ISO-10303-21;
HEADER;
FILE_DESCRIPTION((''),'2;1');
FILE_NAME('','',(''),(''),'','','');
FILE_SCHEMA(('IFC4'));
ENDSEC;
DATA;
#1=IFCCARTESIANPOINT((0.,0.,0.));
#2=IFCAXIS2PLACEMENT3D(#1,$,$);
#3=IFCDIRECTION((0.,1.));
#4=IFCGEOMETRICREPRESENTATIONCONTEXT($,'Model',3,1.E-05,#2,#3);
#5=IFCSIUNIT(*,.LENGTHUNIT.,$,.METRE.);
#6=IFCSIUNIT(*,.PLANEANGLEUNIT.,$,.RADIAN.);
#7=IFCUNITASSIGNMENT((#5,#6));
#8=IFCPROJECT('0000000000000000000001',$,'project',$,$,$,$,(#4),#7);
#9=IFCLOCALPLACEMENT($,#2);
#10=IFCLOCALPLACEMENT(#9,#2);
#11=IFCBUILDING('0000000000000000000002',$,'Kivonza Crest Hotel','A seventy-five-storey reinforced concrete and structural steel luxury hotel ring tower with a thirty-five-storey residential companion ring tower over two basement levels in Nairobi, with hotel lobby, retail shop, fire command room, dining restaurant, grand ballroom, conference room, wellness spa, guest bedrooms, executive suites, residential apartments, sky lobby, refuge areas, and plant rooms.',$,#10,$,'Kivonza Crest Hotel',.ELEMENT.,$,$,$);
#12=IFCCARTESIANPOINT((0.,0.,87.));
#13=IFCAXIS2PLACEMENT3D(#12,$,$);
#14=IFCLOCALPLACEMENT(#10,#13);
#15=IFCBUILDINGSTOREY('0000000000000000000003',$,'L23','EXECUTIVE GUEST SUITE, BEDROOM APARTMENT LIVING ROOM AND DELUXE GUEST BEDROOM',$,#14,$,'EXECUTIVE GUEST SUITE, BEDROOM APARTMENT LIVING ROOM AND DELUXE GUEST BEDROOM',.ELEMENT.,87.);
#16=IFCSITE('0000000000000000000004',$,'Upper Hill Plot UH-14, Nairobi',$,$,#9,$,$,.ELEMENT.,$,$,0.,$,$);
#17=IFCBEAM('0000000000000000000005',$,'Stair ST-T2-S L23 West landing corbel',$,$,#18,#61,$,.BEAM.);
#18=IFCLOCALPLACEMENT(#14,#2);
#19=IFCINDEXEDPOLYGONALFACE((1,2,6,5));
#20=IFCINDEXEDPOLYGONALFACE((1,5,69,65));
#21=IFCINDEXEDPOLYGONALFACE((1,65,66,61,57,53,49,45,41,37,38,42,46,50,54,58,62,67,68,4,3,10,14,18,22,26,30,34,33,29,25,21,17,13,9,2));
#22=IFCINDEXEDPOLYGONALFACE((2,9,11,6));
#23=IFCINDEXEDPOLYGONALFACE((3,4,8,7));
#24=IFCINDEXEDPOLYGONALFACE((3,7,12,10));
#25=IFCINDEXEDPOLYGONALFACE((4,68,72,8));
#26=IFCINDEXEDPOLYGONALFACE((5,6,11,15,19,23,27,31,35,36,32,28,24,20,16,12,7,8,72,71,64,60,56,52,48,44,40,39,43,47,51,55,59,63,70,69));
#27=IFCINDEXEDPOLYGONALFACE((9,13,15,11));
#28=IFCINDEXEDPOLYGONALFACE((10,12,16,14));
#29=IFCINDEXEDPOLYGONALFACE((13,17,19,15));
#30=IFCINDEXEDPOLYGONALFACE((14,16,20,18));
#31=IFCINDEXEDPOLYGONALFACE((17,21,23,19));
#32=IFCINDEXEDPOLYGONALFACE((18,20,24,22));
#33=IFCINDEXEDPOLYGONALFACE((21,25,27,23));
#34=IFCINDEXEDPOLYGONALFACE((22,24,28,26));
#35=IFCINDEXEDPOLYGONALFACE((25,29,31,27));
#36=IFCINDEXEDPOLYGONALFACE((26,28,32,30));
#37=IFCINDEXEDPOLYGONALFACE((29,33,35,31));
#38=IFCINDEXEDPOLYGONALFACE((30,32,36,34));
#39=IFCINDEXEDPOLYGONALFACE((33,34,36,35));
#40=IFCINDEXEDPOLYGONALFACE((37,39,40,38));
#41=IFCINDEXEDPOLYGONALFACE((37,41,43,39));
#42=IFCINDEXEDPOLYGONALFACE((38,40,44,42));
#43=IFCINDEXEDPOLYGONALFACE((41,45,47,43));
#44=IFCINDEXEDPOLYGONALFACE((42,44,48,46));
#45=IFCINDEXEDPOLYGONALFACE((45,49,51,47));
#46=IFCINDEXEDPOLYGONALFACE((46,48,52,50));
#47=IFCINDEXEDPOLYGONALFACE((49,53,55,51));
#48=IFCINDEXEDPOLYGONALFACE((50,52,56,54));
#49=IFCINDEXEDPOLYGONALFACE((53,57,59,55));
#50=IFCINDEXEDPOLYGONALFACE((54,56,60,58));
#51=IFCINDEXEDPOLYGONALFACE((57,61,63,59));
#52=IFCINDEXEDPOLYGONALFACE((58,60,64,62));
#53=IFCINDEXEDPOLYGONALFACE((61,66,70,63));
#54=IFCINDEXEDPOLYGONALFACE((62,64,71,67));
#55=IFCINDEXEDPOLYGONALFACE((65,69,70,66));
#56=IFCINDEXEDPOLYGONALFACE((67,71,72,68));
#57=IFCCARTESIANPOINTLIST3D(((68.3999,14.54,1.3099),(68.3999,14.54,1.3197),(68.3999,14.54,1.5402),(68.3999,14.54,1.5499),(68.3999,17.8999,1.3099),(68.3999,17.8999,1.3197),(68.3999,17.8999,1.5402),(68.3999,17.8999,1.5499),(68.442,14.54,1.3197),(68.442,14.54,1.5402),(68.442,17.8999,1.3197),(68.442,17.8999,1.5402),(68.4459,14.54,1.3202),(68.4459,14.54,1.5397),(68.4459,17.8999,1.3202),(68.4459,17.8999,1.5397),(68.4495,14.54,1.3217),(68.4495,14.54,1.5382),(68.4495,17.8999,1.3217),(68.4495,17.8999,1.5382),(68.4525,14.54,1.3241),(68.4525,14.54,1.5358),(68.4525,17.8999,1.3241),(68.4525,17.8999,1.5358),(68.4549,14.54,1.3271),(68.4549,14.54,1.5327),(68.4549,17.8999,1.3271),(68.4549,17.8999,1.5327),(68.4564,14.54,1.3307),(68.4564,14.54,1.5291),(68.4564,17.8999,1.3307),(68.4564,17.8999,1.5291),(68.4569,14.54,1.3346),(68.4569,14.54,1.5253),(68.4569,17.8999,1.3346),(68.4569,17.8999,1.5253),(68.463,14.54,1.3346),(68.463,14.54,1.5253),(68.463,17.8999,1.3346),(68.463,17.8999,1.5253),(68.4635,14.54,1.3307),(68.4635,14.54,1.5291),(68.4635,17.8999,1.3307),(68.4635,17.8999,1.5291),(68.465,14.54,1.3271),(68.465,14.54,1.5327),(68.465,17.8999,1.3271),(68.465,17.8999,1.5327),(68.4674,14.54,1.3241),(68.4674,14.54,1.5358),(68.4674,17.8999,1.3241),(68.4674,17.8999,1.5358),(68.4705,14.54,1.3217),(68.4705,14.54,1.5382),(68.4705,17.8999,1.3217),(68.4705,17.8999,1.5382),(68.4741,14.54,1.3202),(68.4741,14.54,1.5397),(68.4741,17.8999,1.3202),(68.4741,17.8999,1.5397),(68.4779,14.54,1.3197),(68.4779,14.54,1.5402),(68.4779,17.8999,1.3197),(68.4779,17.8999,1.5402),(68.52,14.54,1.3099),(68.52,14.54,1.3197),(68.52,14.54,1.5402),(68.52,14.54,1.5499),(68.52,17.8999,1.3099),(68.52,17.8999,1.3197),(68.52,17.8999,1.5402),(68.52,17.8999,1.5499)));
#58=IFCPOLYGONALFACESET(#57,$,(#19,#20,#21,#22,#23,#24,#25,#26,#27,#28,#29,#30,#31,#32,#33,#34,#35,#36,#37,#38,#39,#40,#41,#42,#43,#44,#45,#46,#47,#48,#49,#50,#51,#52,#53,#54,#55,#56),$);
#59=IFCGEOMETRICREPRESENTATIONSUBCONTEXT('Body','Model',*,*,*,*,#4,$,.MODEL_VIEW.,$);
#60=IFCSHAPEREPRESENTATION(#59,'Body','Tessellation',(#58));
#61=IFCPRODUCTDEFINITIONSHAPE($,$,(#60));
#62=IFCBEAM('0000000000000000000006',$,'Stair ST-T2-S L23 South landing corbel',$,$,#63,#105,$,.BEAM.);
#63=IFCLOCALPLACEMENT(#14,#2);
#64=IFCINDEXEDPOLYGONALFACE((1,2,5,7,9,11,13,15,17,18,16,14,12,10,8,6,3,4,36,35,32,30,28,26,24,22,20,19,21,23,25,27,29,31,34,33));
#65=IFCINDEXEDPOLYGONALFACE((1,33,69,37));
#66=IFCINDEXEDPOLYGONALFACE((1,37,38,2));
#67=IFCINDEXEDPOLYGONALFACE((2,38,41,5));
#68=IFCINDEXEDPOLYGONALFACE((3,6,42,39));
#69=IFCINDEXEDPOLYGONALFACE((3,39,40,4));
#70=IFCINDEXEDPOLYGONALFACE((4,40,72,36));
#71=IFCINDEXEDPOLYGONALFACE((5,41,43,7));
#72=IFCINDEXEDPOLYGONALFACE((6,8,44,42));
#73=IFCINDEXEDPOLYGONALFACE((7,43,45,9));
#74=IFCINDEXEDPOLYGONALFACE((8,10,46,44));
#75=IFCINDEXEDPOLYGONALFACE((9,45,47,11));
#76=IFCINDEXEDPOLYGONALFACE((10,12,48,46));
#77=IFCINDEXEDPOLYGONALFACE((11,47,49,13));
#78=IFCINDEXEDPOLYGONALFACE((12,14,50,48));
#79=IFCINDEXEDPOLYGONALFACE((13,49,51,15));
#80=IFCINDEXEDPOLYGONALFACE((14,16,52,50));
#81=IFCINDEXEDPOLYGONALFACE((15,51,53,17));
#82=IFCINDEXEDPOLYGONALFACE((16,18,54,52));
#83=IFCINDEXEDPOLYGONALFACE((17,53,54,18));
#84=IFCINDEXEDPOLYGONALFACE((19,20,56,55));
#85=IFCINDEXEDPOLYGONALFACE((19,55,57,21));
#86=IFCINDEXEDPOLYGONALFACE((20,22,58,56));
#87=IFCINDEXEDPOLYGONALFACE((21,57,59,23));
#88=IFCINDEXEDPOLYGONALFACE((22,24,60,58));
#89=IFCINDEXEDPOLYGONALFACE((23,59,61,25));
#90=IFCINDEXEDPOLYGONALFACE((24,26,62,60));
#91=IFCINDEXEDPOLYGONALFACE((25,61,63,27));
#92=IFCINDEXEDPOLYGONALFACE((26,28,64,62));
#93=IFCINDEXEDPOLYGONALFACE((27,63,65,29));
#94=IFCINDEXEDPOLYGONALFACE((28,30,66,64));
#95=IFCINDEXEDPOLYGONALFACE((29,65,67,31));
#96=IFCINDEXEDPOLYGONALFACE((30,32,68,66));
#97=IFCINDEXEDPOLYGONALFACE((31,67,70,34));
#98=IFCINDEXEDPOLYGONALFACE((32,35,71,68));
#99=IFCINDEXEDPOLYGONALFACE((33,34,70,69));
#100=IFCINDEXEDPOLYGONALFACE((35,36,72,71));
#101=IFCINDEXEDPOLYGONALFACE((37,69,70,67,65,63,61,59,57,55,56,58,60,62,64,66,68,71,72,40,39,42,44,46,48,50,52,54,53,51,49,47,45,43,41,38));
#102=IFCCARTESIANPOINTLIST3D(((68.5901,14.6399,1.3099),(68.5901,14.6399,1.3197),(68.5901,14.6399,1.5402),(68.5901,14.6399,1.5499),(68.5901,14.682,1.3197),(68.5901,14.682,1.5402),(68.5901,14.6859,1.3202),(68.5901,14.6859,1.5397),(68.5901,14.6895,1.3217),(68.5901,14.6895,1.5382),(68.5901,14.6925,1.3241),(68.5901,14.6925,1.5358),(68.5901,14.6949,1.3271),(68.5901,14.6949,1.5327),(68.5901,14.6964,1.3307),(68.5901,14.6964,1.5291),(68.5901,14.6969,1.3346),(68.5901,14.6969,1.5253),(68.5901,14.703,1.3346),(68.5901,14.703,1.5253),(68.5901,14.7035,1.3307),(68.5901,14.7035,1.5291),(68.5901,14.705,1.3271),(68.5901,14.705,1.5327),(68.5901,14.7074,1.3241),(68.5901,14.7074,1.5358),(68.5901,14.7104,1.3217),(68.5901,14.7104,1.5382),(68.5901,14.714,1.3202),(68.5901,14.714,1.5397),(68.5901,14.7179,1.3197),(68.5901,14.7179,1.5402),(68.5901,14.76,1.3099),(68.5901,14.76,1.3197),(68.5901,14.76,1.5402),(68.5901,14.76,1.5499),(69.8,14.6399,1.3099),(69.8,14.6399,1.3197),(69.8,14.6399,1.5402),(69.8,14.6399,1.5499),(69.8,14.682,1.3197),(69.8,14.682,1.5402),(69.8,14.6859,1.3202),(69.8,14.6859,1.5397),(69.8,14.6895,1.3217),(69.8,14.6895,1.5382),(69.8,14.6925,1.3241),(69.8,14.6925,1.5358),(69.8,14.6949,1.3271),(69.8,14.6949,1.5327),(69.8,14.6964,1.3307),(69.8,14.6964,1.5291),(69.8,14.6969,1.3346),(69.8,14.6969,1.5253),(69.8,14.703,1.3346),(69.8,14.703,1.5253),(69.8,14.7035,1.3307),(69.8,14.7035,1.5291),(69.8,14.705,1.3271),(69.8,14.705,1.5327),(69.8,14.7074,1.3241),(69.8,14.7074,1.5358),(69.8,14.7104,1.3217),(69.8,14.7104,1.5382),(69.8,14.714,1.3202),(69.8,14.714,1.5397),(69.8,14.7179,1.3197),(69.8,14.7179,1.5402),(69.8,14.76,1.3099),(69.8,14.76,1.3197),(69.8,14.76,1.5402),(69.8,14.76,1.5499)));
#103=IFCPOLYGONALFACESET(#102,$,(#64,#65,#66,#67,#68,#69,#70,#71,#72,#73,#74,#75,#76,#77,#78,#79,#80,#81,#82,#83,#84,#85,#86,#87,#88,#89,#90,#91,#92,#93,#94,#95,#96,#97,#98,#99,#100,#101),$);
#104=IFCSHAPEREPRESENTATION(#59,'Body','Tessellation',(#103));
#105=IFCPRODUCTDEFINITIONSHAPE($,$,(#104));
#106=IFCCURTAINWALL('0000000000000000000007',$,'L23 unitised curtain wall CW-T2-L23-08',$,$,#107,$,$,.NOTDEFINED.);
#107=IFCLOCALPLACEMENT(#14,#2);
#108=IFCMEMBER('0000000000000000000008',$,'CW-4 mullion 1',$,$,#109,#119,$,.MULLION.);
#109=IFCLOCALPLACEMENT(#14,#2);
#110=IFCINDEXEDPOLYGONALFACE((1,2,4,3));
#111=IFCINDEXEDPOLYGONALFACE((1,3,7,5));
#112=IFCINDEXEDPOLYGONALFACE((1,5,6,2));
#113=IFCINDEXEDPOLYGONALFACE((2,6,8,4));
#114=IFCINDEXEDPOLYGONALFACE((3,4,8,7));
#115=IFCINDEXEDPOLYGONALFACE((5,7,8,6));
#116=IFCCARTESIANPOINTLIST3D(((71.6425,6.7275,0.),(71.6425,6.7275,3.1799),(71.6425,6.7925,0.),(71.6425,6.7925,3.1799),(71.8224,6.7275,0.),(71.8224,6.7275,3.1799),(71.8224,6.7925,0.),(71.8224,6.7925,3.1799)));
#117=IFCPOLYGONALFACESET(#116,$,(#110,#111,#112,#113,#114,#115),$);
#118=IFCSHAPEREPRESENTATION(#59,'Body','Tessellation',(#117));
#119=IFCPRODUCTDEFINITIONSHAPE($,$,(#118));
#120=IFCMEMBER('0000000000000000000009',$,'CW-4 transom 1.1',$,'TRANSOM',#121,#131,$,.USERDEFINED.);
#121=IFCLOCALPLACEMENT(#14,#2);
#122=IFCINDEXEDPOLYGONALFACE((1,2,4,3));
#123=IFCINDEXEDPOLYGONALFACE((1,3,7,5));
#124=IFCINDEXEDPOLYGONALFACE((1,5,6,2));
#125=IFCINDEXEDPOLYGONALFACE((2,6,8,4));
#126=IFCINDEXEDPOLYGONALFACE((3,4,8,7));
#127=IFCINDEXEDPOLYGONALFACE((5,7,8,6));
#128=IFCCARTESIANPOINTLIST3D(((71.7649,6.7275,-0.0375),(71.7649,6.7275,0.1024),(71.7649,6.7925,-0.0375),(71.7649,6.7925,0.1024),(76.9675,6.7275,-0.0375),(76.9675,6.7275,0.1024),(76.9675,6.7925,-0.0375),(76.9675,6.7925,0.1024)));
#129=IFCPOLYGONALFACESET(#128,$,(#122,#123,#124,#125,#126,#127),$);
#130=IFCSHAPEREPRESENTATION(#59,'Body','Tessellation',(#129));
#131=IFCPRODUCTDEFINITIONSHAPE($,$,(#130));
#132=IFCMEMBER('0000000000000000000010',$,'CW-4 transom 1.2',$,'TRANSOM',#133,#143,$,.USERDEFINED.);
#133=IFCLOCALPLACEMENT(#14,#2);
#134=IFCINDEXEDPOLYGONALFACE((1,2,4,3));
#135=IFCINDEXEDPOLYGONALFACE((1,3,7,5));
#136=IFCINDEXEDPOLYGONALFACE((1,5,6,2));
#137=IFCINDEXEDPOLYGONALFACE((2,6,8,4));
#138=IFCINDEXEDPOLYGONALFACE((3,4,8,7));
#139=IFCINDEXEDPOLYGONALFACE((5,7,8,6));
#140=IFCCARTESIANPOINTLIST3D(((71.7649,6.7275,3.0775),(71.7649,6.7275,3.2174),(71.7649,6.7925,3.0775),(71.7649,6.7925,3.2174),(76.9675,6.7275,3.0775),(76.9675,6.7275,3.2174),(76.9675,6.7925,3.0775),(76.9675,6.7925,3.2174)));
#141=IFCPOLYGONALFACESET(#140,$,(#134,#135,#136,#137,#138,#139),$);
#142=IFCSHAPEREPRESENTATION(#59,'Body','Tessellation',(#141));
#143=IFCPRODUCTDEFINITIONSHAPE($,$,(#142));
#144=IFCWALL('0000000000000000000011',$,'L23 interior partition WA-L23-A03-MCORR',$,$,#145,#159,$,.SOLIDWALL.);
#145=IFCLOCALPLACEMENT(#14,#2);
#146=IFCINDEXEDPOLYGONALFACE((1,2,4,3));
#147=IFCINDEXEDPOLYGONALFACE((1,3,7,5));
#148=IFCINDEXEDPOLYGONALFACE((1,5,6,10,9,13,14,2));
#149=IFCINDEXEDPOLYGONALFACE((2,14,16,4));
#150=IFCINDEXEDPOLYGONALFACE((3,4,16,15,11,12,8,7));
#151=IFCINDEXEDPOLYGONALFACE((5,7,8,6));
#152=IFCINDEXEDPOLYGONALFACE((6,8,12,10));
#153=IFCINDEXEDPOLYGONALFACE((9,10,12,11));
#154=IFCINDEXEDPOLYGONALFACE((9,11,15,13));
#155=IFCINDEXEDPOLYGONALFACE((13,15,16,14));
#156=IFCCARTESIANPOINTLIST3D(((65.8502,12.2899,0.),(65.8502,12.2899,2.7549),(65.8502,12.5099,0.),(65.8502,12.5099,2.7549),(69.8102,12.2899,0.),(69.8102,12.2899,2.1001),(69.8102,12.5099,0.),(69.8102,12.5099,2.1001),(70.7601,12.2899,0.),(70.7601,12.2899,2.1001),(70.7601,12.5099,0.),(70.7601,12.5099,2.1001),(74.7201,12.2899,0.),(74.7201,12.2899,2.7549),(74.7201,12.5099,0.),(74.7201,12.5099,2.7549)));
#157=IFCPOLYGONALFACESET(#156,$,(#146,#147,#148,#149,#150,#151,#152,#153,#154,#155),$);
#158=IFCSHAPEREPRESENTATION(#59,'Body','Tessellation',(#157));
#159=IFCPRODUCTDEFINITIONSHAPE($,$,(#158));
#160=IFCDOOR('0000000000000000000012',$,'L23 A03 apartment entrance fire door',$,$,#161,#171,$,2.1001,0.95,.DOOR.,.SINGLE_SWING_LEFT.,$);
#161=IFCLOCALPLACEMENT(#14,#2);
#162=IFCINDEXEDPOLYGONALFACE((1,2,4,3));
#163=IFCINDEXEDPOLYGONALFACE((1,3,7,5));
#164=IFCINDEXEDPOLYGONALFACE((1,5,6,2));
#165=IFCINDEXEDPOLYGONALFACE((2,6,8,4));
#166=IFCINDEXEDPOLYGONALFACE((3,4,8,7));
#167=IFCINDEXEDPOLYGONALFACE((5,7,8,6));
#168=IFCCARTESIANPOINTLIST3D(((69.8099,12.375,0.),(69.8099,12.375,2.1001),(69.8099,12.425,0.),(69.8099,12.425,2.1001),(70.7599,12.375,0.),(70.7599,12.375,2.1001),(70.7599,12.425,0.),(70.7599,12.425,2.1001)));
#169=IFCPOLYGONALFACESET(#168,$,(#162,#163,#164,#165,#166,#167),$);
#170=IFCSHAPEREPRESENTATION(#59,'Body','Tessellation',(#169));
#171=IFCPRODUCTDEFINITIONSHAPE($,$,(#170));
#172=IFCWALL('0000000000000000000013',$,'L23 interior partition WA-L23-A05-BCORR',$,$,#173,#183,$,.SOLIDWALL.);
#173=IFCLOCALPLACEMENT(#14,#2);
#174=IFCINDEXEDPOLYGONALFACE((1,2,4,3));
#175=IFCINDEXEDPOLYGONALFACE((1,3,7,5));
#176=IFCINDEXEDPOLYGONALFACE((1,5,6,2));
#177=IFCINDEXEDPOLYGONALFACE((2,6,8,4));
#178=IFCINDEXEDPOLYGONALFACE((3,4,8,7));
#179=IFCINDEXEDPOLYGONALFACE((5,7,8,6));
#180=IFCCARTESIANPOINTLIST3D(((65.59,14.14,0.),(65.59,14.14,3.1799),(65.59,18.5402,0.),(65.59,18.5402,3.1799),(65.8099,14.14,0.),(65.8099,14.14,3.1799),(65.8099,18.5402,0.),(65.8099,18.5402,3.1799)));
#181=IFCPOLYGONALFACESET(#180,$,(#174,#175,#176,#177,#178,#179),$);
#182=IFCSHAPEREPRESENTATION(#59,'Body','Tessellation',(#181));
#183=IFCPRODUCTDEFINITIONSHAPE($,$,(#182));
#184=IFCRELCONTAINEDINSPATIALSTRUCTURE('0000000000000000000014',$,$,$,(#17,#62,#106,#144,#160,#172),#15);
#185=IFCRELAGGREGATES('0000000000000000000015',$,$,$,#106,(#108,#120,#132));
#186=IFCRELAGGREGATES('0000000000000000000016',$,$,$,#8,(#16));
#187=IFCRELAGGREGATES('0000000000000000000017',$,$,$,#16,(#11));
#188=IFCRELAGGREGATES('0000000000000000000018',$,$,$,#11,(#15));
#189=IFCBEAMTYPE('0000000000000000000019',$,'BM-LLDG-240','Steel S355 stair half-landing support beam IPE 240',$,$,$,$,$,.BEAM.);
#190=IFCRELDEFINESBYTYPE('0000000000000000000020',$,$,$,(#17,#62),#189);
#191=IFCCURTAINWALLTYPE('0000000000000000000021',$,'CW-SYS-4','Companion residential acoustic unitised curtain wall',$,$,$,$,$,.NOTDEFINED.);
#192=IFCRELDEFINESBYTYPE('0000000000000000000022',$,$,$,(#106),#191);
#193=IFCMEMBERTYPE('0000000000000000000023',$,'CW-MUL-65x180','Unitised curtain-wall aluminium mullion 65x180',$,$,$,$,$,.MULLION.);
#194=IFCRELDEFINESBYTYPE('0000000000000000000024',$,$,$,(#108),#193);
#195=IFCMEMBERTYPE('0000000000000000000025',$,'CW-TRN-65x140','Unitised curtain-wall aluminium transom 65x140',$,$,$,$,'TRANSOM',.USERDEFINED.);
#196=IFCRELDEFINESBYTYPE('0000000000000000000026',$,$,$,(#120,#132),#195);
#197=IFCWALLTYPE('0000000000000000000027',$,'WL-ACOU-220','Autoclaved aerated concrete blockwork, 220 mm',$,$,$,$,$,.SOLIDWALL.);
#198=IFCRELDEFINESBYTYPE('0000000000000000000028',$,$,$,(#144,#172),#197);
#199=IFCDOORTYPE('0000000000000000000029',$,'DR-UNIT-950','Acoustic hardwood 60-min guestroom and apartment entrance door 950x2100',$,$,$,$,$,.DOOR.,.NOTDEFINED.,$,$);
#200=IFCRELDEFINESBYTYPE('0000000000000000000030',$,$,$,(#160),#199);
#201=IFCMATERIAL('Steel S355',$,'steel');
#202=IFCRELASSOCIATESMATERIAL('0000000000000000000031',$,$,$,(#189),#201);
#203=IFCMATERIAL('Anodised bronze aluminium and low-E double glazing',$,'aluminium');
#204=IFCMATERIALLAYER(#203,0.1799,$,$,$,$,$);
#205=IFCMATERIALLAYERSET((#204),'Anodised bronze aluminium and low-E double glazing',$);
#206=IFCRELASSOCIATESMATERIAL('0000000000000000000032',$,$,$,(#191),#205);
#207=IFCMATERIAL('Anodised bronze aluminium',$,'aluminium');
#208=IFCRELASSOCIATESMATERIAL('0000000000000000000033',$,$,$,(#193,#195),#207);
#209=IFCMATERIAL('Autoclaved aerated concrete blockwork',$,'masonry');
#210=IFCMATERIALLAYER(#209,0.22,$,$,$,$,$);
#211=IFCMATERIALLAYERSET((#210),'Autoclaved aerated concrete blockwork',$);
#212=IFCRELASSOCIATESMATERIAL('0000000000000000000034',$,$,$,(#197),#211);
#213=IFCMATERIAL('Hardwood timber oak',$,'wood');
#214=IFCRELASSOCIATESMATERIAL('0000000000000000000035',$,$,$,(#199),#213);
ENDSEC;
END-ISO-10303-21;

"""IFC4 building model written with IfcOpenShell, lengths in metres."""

from ifc_helpers import new_model, si_unit, direction, frame, frame_2d, origin, origin_2d, place, context, subcontext, project, spatial, rectangle, i_section, extrude, material, layer, layer_set, material_profile, profile_set, type_object, element, fill, aggregate, save


model = new_model("IFC4")

# Units and contexts
model_context = context("Model", 3, precision=1e-05, world=origin(), true_north=direction((0.0, 1.0)))
body_context = subcontext(model_context, "Body", "Model", "MODEL_VIEW")
ifc_project = project(units=[si_unit("LENGTHUNIT", "METRE"), si_unit("PLANEANGLEUNIT", "RADIAN")], contexts=[model_context])

# Site, building, storey
site_placement = place(None, origin())
site = spatial("IfcSite", under=ifc_project, at=site_placement, Name="Upper Hill Plot UH-14, Nairobi", CompositionType="ELEMENT", RefElevation=0.0)
building_placement = place(site_placement, origin())
building = spatial("IfcBuilding", under=site, at=building_placement, Name="Kivonza Crest Hotel", Description="A seventy-five-storey reinforced concrete and structural steel luxury hotel ring tower with a thirty-five-storey residential companion ring tower over two basement levels in Nairobi, with hotel lobby, retail shop, fire command room, dining restaurant, grand ballroom, conference room, wellness spa, guest bedrooms, executive suites, residential apartments, sky lobby, refuge areas, and plant rooms.", LongName="Kivonza Crest Hotel", CompositionType="ELEMENT")
storey_placement = place(building_placement, frame((0.0, 0.0, 87.0)))
storey = spatial("IfcBuildingStorey", under=building, at=storey_placement, Name="L23", Description="EXECUTIVE GUEST SUITE, BEDROOM APARTMENT LIVING ROOM AND DELUXE GUEST BEDROOM", LongName="EXECUTIVE GUEST SUITE, BEDROOM APARTMENT LIVING ROOM AND DELUXE GUEST BEDROOM", CompositionType="ELEMENT", Elevation=87.0)

# Beams
ifc_material_1 = material(Name="Steel S355", Category="steel")
ifc_material_profile_1 = material_profile(ifc_material_1, i_section(OverallWidth=0.1201, OverallDepth=0.24, WebThickness=0.0061, FlangeThickness=0.0098, FilletRadius=0.0149, at=origin_2d()), Name="IPE 240")
ifc_profile_set_1 = profile_set([ifc_material_profile_1], Name="Steel S355")
beam_type_1 = type_object("IfcBeamType", Name="BM-LLDG-240", Description="Steel S355 stair half-landing support beam IPE 240", PredefinedType="BEAM", material=ifc_profile_set_1)
beam_1_placement = place(storey_placement, frame((68.46, 14.54, 1.4299), z_axis=(0.0, 1.0, 0.0), x_axis=(-1.0, 0.0, 0.0)))
element("IfcBeam", 1, at=beam_1_placement, inside=storey, type_object=beam_type_1, Name="Stair ST-T2-S L23 West landing corbel", PredefinedType="BEAM", context=body_context, shape_type="SweptSolid", body=[
    extrude(i_section(OverallWidth=0.1201, OverallDepth=0.24, WebThickness=0.0061, FlangeThickness=0.0098, FilletRadius=0.0149, at=origin_2d()), origin(), (0.0, 0.0, 1.0), 3.3599),
])
beam_2_placement = place(storey_placement, frame((68.5901, 14.7, 1.4299), z_axis=(1.0, 0.0, 0.0), x_axis=(0.0, 1.0, 0.0)))
element("IfcBeam", 2, at=beam_2_placement, inside=storey, type_object=beam_type_1, Name="Stair ST-T2-S L23 South landing corbel", PredefinedType="BEAM", context=body_context, shape_type="SweptSolid", body=[
    extrude(i_section(OverallWidth=0.1201, OverallDepth=0.24, WebThickness=0.0061, FlangeThickness=0.0098, FilletRadius=0.0149, at=origin_2d()), origin(), (0.0, 0.0, 1.0), 1.21),
])

# Curtain wall, members
ifc_material_2 = material(Name="Anodised bronze aluminium and low-E double glazing", Category="aluminium")
ifc_layer_1 = layer(ifc_material_2, 0.1799)
ifc_layer_set_1 = layer_set([ifc_layer_1], Name="Anodised bronze aluminium and low-E double glazing")
curtain_wall_type = type_object("IfcCurtainWallType", Name="CW-SYS-4", Description="Companion residential acoustic unitised curtain wall", PredefinedType="NOTDEFINED", material=ifc_layer_set_1)
curtain_wall_placement = place(storey_placement, origin())
curtain_wall = element("IfcCurtainWall", 3, at=curtain_wall_placement, inside=storey, type_object=curtain_wall_type, Name="L23 unitised curtain wall CW-T2-L23-08", PredefinedType="NOTDEFINED")
ifc_material_3 = material(Name="Anodised bronze aluminium", Category="aluminium")
ifc_material_profile_2 = material_profile(ifc_material_3, rectangle(XDim=0.0649, YDim=0.1799, at=origin_2d()), Name="CW-M 65x180")
ifc_profile_set_2 = profile_set([ifc_material_profile_2], Name="Anodised bronze aluminium")
member_type_1 = type_object("IfcMemberType", Name="CW-MUL-65x180", Description="Unitised curtain-wall aluminium mullion 65x180", PredefinedType="MULLION", material=ifc_profile_set_2)
member_1_placement = place(storey_placement, frame((71.7324, 6.76, 0.0), z_axis=(0.0, 0.0, 1.0), x_axis=(0.0, 1.0, 0.0)))
member_1 = element("IfcMember", 4, at=member_1_placement, type_object=member_type_1, Name="CW-4 mullion 1", PredefinedType="MULLION", context=body_context, shape_type="SweptSolid", body=[
    extrude(rectangle(XDim=0.0649, YDim=0.1799, at=origin_2d()), origin(), (0.0, 0.0, 1.0), 3.1799),
])
ifc_material_profile_3 = material_profile(ifc_material_3, rectangle(XDim=0.0649, YDim=0.1399, at=origin_2d()), Name="CW-T 65x140")
ifc_profile_set_3 = profile_set([ifc_material_profile_3], Name="Anodised bronze aluminium")
member_type_2 = type_object("IfcMemberType", Name="CW-TRN-65x140", Description="Unitised curtain-wall aluminium transom 65x140", ElementType="TRANSOM", PredefinedType="USERDEFINED", material=ifc_profile_set_3)
member_2_placement = place(storey_placement, frame((71.7649, 6.76, 0.0325), z_axis=(1.0, 0.0, 0.0), x_axis=(0.0, 1.0, 0.0)))
member_2 = element("IfcMember", 5, at=member_2_placement, type_object=member_type_2, Name="CW-4 transom 1.1", ObjectType="TRANSOM", PredefinedType="USERDEFINED", context=body_context, shape_type="SweptSolid", body=[
    extrude(rectangle(XDim=0.0649, YDim=0.1399, at=origin_2d()), origin(), (0.0, 0.0, 1.0), 5.2026),
])
member_3_placement = place(storey_placement, frame((71.7649, 6.76, 3.1475), z_axis=(1.0, 0.0, 0.0), x_axis=(0.0, 1.0, 0.0)))
member_3 = element("IfcMember", 6, at=member_3_placement, type_object=member_type_2, Name="CW-4 transom 1.2", ObjectType="TRANSOM", PredefinedType="USERDEFINED", context=body_context, shape_type="SweptSolid", body=[
    extrude(rectangle(XDim=0.0649, YDim=0.1399, at=origin_2d()), origin(), (0.0, 0.0, 1.0), 5.2026),
])
aggregate(curtain_wall, [member_1, member_2, member_3])

# Wall, opening, door
ifc_material_4 = material(Name="Autoclaved aerated concrete blockwork", Category="masonry")
ifc_layer_2 = layer(ifc_material_4, 0.22)
ifc_layer_set_2 = layer_set([ifc_layer_2], Name="Autoclaved aerated concrete blockwork")
wall_type_1 = type_object("IfcWallType", Name="WL-ACOU-220", Description="Autoclaved aerated concrete blockwork, 220 mm", PredefinedType="SOLIDWALL", material=ifc_layer_set_2)
wall_1_placement = place(storey_placement, frame((65.8501, 12.3999, 0.0), z_axis=(0.0, 0.0, 1.0), x_axis=(1.0, 0.0, 0.0)))
wall_1 = element("IfcWall", 7, at=wall_1_placement, inside=storey, type_object=wall_type_1, Name="L23 interior partition WA-L23-A03-MCORR", PredefinedType="SOLIDWALL", context=body_context, shape_type="SweptSolid", body=[
    extrude(rectangle(XDim=8.8699, YDim=0.22, at=frame_2d((4.4351, 0.0))), origin(), (0.0, 0.0, 1.0), 2.7549),
])
opening_1_placement = place(wall_1_placement, frame((3.96, 0.0, 0.0)))
opening_1 = element("IfcOpeningElement", 8, at=opening_1_placement, cuts=wall_1, PredefinedType="OPENING", context=body_context, shape_type="SweptSolid", body=[
    extrude(rectangle(XDim=0.95, YDim=2.1001, at=frame_2d((0.4751, 1.05))), frame((0.0, 0.1201, 0.0), z_axis=(0.0, -1.0, 0.0), x_axis=(1.0, 0.0, 0.0)), (0.0, 0.0, 1.0), 0.24),
])
ifc_material_5 = material(Name="Hardwood timber oak", Category="wood")
door_type_1 = type_object("IfcDoorType", Name="DR-UNIT-950", Description="Acoustic hardwood 60-min guestroom and apartment entrance door 950x2100", OperationType="NOTDEFINED", PredefinedType="DOOR", material=ifc_material_5)
door_1_placement = place(opening_1_placement, frame((0.95, 0.0, 0.0), z_axis=(0.0, 0.0, 1.0), x_axis=(-1.0, 0.0, 0.0)))
door_1 = element("IfcDoor", 9, at=door_1_placement, inside=storey, type_object=door_type_1, Name="L23 A03 apartment entrance fire door", OperationType="SINGLE_SWING_LEFT", OverallHeight=2.1001, OverallWidth=0.95, PredefinedType="DOOR", context=body_context, shape_type="SweptSolid", body=[
    extrude(rectangle(XDim=0.95, YDim=2.1001, at=frame_2d((0.4751, 1.05))), frame((0.0, 0.0249, 0.0), z_axis=(0.0, -1.0, 0.0), x_axis=(1.0, 0.0, 0.0)), (0.0, 0.0, 1.0), 0.05),
])
fill(opening_1, door_1)

# Wall
wall_2_placement = place(storey_placement, frame((65.7, 14.1399, 0.0), z_axis=(0.0, 0.0, 1.0), x_axis=(0.0, 1.0, 0.0)))
element("IfcWall", 10, at=wall_2_placement, inside=storey, type_object=wall_type_1, Name="L23 interior partition WA-L23-A05-BCORR", PredefinedType="SOLIDWALL", context=body_context, shape_type="SweptSolid", body=[
    extrude(rectangle(XDim=4.4001, YDim=0.22, at=frame_2d((2.2002, 0.0))), origin(), (0.0, 0.0, 1.0), 3.1799),
])

save(model, "model.ifc")
